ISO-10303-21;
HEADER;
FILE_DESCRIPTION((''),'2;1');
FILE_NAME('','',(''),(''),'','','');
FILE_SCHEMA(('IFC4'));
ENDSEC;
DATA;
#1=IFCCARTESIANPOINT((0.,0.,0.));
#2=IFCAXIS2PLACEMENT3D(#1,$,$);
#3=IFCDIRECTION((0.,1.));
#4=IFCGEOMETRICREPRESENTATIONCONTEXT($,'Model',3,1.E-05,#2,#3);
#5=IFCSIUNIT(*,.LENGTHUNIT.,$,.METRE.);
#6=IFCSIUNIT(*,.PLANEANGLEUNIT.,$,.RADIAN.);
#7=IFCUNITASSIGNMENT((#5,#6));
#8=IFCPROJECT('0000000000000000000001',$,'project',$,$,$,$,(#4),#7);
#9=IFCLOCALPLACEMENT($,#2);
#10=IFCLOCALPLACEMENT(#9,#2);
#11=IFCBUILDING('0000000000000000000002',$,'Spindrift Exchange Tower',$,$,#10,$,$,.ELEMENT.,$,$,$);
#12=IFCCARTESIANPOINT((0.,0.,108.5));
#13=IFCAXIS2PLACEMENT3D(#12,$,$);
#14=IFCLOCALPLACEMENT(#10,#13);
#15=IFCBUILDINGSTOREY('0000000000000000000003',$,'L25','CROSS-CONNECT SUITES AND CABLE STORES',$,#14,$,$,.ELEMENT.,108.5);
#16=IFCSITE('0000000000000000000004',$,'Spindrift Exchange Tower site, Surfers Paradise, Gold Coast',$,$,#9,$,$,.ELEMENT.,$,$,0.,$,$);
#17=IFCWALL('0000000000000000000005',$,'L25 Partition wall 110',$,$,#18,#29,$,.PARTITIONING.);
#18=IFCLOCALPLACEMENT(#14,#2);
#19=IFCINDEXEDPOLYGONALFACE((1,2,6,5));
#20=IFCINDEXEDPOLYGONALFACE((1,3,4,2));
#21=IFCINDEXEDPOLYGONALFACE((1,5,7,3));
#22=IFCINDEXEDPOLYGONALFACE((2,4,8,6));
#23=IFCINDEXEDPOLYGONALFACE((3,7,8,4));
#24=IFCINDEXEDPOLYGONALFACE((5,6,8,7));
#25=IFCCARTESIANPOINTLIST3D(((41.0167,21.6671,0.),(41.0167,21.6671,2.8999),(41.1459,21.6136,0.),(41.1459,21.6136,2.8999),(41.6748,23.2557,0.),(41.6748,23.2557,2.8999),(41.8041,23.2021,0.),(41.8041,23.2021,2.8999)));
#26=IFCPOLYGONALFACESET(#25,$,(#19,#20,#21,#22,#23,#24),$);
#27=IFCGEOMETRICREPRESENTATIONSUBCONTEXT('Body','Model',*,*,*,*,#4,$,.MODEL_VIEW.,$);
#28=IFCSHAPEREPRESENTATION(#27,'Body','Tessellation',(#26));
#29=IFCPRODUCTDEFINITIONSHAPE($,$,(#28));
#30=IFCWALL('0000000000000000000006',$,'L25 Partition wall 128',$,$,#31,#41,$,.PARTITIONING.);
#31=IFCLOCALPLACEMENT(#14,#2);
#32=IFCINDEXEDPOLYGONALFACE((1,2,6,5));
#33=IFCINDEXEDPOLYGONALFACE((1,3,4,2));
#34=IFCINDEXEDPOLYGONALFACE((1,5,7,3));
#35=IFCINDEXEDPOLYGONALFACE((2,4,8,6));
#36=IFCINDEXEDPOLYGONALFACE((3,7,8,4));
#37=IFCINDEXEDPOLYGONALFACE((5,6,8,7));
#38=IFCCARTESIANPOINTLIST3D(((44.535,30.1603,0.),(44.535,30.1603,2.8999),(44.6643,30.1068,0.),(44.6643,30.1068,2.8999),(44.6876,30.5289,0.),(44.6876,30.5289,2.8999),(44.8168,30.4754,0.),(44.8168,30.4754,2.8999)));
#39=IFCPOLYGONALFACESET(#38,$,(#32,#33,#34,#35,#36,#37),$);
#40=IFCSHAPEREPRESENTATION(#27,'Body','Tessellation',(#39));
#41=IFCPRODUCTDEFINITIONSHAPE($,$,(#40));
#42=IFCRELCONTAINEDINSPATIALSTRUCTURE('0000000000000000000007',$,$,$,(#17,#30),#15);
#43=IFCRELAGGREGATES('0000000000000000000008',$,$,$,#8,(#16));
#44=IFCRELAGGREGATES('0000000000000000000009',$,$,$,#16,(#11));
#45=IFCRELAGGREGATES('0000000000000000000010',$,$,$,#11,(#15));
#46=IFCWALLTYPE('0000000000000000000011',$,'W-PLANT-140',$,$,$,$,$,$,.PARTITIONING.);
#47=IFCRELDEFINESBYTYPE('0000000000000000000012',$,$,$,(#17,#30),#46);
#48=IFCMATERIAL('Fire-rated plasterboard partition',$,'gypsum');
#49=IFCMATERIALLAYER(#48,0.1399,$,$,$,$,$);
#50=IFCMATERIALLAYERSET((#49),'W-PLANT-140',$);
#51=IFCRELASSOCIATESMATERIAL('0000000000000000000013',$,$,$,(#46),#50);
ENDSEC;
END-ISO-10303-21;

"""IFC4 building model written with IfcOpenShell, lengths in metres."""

from ifc_helpers import new_model, si_unit, direction, frame, frame_2d, origin, place, context, subcontext, project, spatial, rectangle, extrude, material, layer, layer_set, type_object, element, save


model = new_model("IFC4")

# Units and contexts
model_context = context("Model", 3, precision=1e-05, world=origin(), true_north=direction((0.0, 1.0)))
body_context = subcontext(model_context, "Body", "Model", "MODEL_VIEW")
ifc_project = project(units=[si_unit("LENGTHUNIT", "METRE"), si_unit("PLANEANGLEUNIT", "RADIAN")], contexts=[model_context])

# Site, building, storey
site_placement = place(None, origin())
site = spatial("IfcSite", under=ifc_project, at=site_placement, Name="Spindrift Exchange Tower site, Surfers Paradise, Gold Coast", CompositionType="ELEMENT", RefElevation=0.0)
building_placement = place(site_placement, origin())
building = spatial("IfcBuilding", under=site, at=building_placement, Name="Spindrift Exchange Tower", CompositionType="ELEMENT")
storey_placement = place(building_placement, frame((0.0, 0.0, 108.5)))
storey = spatial("IfcBuildingStorey", under=building, at=storey_placement, Name="L25", Description="CROSS-CONNECT SUITES AND CABLE STORES", CompositionType="ELEMENT", Elevation=108.5)

# Walls
ifc_material_1 = material(Name="Fire-rated plasterboard partition", Category="gypsum")
ifc_layer_1 = layer(ifc_material_1, 0.1399)
ifc_layer_set_1 = layer_set([ifc_layer_1], Name="W-PLANT-140")
wall_type = type_object("IfcWallType", Name="W-PLANT-140", PredefinedType="PARTITIONING", material=ifc_layer_set_1)
wall_1_placement = place(storey_placement, frame((41.7395, 23.229, 0.0), z_axis=(0.0, 0.0, 1.0), x_axis=(-0.38277, -0.923844, 0.0)))
element("IfcWall", 1, at=wall_1_placement, inside=storey, type_object=wall_type, Name="L25 Partition wall 110", PredefinedType="PARTITIONING", context=body_context, shape_type="SweptSolid", body=[
    extrude(rectangle(XDim=1.7195, YDim=0.1399, at=frame_2d((0.8599, 0.0))), origin(), (0.0, 0.0, 1.0), 2.8999),
])
wall_2_placement = place(storey_placement, frame((44.7522, 30.5022, 0.0), z_axis=(0.0, 0.0, 1.0), x_axis=(-0.382442, -0.92398, 0.0)))
element("IfcWall", 2, at=wall_2_placement, inside=storey, type_object=wall_type, Name="L25 Partition wall 128", PredefinedType="PARTITIONING", context=body_context, shape_type="SweptSolid", body=[
    extrude(rectangle(XDim=0.3989, YDim=0.1399, at=frame_2d((0.1995, 0.0))), origin(), (0.0, 0.0, 1.0), 2.8999),
])

save(model, "model.ifc")
